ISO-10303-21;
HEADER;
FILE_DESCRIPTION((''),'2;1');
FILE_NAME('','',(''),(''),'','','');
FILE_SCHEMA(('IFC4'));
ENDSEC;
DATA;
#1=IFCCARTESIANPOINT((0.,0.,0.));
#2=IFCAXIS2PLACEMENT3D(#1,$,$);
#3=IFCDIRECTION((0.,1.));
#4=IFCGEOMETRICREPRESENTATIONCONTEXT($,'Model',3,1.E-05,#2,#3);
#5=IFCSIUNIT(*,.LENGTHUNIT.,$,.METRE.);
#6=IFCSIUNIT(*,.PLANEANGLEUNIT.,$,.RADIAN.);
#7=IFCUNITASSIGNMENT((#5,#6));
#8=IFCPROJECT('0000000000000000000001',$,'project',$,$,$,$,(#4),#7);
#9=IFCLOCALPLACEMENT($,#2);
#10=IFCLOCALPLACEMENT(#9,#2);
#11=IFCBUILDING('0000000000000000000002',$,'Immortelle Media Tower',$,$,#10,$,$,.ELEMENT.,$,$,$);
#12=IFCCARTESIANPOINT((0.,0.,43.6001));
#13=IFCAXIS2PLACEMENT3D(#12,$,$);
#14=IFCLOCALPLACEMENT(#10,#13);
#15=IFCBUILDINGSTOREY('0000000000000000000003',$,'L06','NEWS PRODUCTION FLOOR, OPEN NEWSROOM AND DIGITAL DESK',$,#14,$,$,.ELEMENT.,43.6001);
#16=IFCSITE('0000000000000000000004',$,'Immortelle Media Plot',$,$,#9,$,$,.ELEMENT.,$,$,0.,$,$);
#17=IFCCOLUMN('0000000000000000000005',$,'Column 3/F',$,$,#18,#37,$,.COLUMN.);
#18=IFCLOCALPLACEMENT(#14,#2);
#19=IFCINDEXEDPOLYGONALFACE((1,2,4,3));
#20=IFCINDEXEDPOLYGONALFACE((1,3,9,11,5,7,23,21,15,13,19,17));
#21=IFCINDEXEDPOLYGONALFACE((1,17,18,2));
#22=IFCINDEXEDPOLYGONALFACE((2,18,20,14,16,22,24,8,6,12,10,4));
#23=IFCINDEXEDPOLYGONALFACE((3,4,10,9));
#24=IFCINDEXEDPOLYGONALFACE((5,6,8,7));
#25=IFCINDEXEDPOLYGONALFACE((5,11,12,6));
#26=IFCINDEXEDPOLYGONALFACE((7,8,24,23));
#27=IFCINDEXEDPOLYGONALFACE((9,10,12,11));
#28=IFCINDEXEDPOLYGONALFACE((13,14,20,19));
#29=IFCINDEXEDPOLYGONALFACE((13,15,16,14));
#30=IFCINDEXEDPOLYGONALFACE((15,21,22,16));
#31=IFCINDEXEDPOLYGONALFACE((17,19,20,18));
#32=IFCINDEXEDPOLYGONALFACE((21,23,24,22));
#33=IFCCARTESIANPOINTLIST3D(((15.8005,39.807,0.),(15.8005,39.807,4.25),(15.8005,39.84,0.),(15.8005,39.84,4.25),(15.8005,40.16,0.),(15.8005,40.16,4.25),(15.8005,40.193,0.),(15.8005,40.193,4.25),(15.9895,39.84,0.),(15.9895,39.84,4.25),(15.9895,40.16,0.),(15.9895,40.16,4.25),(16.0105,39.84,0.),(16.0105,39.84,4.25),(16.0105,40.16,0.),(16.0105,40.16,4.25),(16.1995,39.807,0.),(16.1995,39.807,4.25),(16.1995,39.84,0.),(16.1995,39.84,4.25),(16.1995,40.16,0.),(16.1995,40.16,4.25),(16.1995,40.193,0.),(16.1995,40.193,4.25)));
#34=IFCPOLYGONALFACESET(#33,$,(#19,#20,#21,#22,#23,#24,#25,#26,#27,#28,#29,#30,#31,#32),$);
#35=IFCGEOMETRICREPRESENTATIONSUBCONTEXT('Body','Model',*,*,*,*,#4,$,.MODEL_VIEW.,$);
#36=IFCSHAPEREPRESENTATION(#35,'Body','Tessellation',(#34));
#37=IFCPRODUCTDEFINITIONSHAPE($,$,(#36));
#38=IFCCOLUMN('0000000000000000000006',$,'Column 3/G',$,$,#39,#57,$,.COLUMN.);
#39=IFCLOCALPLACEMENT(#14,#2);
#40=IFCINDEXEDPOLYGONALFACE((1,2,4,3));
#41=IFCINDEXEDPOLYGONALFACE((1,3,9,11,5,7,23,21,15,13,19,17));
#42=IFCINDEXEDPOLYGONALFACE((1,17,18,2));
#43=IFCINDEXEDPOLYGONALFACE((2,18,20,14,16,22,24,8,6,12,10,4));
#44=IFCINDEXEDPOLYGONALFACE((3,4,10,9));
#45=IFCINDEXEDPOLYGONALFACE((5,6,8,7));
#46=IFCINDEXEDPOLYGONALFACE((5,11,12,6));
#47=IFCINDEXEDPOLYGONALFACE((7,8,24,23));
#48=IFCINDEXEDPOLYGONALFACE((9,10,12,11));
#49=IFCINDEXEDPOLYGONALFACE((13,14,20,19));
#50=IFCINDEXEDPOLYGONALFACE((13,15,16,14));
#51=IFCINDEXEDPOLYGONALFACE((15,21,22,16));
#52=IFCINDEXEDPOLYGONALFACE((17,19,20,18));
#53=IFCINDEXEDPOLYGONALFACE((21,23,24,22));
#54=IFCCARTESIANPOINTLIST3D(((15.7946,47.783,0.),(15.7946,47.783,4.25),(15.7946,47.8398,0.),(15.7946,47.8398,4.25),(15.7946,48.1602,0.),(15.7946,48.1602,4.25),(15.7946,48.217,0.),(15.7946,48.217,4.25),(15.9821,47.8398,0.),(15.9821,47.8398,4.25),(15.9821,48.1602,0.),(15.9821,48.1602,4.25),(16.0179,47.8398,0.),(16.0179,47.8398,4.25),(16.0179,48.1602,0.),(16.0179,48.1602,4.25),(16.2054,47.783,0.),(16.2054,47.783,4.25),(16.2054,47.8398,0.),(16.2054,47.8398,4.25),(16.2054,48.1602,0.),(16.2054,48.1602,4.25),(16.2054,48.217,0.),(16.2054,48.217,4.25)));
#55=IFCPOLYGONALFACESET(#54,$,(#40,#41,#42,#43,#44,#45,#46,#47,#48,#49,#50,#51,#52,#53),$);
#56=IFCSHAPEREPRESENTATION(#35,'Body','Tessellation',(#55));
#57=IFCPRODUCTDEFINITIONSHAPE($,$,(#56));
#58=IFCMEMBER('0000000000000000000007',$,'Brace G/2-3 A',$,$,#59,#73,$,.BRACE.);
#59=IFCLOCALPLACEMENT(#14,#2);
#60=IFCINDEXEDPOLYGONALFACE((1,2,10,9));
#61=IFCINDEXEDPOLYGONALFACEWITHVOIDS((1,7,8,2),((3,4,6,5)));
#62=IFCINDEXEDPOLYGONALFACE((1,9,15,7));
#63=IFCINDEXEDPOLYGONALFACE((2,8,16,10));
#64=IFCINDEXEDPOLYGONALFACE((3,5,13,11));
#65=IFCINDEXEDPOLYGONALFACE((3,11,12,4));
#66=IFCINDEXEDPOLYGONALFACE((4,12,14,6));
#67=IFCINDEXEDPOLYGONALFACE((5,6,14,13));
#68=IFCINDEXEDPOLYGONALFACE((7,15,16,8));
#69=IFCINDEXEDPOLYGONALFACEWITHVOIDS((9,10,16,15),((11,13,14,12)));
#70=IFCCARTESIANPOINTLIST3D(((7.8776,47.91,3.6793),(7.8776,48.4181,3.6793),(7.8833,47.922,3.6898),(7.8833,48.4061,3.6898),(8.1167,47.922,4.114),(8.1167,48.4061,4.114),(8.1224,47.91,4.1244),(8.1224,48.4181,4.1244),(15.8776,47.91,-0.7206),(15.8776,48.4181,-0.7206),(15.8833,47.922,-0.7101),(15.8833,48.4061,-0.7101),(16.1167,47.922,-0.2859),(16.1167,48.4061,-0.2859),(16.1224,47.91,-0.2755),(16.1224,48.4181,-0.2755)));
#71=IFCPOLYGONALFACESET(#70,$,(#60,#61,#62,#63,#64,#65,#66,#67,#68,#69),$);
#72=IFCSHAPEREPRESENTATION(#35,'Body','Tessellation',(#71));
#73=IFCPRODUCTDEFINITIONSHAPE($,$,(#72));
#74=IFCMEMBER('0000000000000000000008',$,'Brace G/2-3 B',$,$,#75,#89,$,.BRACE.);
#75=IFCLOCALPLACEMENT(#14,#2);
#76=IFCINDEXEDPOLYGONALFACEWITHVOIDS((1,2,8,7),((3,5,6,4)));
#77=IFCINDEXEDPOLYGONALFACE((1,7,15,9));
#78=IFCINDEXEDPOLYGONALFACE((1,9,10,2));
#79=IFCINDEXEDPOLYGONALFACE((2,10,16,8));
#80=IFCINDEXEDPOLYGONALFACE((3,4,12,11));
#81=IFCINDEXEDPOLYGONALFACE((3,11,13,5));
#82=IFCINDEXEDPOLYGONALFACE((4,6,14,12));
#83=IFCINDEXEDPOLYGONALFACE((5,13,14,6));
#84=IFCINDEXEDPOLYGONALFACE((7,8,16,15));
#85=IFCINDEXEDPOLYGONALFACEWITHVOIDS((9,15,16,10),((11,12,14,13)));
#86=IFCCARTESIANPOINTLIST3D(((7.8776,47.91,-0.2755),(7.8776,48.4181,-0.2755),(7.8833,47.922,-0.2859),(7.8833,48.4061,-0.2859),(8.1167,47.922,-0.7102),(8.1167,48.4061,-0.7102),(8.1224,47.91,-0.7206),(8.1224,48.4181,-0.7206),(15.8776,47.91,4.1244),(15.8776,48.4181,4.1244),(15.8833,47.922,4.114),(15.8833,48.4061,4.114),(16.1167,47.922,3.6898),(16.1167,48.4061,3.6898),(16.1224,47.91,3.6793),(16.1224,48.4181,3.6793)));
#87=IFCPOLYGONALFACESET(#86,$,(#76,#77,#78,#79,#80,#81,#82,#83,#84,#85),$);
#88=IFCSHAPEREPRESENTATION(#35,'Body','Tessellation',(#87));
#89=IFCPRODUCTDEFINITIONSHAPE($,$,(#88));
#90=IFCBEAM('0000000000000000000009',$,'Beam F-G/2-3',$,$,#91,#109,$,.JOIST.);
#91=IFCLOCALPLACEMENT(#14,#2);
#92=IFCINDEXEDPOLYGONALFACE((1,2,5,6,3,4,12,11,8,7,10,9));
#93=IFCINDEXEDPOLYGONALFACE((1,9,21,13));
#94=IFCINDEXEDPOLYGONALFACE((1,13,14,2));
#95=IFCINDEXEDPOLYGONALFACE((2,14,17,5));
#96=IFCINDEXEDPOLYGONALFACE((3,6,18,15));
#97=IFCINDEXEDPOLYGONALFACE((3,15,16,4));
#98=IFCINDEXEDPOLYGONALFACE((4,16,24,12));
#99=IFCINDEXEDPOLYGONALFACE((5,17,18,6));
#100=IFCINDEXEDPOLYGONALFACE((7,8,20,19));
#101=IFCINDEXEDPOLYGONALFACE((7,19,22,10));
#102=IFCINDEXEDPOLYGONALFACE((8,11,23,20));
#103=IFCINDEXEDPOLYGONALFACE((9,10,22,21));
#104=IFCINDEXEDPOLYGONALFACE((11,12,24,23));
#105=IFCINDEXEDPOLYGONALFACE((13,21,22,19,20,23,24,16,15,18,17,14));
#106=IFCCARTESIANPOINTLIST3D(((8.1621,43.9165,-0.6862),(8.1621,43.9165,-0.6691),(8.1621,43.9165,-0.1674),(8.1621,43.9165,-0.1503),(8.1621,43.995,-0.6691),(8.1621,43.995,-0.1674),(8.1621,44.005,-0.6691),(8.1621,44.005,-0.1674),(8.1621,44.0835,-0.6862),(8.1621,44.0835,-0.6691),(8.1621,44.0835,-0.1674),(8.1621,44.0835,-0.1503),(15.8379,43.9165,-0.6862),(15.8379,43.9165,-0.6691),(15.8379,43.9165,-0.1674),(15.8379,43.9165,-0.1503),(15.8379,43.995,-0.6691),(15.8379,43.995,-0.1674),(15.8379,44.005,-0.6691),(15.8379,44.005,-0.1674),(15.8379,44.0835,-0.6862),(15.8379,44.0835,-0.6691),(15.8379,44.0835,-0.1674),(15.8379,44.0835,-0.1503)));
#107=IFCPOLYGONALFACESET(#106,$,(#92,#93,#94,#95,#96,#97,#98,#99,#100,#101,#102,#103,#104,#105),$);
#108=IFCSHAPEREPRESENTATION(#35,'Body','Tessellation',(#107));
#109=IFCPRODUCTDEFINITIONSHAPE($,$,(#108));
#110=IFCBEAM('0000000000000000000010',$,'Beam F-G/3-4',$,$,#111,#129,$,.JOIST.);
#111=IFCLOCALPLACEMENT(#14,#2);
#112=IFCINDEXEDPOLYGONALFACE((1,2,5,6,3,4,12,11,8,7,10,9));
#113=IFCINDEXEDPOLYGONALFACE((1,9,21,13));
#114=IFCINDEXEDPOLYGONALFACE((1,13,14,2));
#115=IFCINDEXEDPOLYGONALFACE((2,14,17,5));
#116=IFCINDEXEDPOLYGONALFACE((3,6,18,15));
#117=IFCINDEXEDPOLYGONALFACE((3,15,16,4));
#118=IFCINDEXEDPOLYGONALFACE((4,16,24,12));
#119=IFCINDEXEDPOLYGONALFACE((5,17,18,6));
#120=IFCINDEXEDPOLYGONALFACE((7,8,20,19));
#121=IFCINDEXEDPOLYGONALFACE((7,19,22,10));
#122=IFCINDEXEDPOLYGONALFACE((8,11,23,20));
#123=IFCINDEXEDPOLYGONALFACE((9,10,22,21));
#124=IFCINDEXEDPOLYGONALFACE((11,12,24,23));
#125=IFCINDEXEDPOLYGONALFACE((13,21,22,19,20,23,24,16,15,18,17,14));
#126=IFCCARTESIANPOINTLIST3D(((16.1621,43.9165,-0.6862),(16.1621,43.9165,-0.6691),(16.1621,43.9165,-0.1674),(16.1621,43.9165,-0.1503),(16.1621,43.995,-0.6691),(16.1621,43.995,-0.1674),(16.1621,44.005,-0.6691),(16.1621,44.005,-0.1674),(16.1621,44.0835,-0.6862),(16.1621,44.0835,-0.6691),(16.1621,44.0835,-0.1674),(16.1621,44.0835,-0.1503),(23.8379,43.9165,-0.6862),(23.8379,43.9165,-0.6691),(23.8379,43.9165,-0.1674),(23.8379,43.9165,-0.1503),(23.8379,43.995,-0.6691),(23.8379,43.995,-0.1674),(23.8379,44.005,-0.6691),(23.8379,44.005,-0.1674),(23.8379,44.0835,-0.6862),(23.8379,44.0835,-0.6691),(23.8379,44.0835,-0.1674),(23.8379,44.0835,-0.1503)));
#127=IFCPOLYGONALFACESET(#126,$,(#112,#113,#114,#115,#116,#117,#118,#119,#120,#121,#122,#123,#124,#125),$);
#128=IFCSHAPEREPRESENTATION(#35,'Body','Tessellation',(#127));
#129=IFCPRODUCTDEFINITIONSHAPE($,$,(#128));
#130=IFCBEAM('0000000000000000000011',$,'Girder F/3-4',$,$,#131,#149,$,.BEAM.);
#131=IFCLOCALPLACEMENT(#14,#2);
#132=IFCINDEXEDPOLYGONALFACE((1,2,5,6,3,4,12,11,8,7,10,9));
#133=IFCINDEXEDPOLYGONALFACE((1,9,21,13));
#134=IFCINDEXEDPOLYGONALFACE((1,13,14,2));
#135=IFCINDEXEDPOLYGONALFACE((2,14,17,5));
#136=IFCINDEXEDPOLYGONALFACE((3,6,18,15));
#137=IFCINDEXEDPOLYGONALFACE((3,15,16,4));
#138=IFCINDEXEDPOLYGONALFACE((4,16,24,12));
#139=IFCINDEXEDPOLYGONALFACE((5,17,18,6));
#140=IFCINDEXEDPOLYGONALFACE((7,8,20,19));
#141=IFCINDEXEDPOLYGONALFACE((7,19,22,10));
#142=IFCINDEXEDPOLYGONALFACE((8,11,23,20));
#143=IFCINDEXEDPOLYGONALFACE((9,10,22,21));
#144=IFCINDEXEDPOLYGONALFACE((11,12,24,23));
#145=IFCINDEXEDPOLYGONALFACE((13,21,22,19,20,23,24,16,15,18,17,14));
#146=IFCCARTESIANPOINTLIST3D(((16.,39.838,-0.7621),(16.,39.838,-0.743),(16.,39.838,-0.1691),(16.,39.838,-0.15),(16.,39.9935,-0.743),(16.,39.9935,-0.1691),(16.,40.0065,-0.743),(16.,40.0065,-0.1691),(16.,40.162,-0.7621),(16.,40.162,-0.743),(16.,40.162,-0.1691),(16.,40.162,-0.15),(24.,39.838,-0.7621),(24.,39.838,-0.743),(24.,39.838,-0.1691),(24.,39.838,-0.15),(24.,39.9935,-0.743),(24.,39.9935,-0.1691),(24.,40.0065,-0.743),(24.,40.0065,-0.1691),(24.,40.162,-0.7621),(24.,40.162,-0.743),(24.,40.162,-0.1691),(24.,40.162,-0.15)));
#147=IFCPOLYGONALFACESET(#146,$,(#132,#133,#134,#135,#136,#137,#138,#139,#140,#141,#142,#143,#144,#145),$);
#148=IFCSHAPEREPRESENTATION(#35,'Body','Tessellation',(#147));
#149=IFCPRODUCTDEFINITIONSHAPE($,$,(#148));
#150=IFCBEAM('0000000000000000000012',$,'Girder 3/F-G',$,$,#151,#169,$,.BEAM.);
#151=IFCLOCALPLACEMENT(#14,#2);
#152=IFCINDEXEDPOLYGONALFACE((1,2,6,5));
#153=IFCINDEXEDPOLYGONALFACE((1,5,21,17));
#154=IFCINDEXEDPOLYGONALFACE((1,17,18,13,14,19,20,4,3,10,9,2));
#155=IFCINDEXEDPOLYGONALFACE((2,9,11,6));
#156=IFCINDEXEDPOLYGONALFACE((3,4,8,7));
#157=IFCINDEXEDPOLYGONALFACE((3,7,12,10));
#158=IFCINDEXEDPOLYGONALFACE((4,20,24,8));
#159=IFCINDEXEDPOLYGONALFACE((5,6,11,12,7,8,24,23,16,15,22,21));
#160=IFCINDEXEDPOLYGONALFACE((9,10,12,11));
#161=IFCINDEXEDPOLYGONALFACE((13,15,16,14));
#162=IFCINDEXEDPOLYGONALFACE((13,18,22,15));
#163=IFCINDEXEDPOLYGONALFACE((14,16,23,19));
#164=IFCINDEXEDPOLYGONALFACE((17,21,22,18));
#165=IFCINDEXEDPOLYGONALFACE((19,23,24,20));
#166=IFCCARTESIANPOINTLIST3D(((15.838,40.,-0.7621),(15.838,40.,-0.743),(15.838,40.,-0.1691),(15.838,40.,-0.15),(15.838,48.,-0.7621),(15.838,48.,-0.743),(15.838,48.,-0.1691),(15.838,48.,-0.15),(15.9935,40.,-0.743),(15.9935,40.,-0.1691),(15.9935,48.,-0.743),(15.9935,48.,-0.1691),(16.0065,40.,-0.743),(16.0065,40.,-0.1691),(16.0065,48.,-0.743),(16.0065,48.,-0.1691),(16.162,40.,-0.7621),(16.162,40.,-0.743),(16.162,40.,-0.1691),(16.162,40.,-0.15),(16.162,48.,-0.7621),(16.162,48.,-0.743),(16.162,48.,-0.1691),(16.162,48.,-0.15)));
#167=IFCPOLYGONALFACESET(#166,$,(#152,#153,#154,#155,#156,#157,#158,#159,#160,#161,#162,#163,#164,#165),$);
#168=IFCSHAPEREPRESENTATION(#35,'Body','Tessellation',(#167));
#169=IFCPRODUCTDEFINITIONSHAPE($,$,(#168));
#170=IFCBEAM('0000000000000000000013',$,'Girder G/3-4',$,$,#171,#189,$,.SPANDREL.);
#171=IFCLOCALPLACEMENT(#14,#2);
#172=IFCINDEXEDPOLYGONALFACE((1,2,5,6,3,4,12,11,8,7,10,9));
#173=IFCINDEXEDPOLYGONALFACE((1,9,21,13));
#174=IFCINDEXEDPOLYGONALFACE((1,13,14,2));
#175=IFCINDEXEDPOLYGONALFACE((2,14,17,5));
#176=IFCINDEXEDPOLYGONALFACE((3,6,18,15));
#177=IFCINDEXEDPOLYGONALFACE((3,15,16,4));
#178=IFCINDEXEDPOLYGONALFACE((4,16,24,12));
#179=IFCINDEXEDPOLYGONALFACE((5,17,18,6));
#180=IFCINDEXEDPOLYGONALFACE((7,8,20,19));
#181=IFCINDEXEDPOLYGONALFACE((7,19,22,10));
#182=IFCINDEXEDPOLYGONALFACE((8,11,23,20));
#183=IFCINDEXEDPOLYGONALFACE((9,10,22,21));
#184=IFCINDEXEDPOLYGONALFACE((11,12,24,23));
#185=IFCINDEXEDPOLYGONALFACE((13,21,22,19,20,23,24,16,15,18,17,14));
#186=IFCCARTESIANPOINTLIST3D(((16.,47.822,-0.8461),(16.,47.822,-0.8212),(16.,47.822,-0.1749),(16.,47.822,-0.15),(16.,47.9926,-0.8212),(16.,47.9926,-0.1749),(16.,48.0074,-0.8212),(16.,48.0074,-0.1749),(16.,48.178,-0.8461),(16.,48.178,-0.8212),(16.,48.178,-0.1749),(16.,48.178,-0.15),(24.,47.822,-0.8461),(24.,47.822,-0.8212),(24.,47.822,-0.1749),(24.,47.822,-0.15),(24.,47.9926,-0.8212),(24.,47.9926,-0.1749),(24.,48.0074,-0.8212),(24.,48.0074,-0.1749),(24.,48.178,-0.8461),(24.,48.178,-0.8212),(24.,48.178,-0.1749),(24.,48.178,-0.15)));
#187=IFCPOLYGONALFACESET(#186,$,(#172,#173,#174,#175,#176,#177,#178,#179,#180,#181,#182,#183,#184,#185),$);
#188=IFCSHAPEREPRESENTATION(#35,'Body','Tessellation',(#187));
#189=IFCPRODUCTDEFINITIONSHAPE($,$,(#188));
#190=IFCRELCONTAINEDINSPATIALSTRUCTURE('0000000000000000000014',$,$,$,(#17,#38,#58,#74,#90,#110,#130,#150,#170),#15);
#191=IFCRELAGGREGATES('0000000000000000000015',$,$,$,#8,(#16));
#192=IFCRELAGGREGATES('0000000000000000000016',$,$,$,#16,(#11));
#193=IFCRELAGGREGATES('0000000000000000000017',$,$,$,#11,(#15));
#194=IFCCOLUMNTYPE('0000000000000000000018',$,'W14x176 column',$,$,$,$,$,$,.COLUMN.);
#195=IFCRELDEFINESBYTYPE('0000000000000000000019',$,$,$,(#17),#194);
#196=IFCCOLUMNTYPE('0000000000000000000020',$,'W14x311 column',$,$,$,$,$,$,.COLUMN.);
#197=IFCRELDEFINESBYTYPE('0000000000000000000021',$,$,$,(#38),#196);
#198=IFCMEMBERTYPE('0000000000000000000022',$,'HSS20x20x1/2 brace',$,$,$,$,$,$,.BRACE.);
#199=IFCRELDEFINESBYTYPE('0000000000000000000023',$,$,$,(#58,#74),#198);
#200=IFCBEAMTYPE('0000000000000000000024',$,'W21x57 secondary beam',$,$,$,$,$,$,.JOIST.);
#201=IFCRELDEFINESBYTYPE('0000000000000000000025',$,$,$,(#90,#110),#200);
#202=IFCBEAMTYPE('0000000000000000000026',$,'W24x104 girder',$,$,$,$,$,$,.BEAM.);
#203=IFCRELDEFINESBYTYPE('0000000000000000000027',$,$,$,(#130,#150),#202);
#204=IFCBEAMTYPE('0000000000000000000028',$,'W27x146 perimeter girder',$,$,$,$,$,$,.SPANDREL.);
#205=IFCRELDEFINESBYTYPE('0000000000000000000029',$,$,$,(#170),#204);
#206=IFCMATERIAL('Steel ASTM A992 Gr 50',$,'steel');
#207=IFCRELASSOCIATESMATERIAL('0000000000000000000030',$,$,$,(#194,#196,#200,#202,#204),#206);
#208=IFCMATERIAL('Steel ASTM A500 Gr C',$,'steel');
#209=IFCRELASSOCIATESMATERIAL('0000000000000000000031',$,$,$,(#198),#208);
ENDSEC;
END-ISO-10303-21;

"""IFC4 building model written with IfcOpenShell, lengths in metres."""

from ifc_helpers import new_model, si_unit, direction, frame, origin, origin_2d, place, context, subcontext, project, spatial, hollow_rectangle, i_section, extrude, material, material_profile, profile_set, type_object, element, save


model = new_model("IFC4")

# Units and contexts
model_context = context("Model", 3, precision=1e-05, world=origin(), true_north=direction((0.0, 1.0)))
body_context = subcontext(model_context, "Body", "Model", "MODEL_VIEW")
ifc_project = project(units=[si_unit("LENGTHUNIT", "METRE"), si_unit("PLANEANGLEUNIT", "RADIAN")], contexts=[model_context])

# Site, building, storey
site_placement = place(None, origin())
site = spatial("IfcSite", under=ifc_project, at=site_placement, Name="Immortelle Media Plot", CompositionType="ELEMENT", RefElevation=0.0)
building_placement = place(site_placement, origin())
building = spatial("IfcBuilding", under=site, at=building_placement, Name="Immortelle Media Tower", CompositionType="ELEMENT")
storey_placement = place(building_placement, frame((0.0, 0.0, 43.6001)))
storey = spatial("IfcBuildingStorey", under=building, at=storey_placement, Name="L06", Description="NEWS PRODUCTION FLOOR, OPEN NEWSROOM AND DIGITAL DESK", CompositionType="ELEMENT", Elevation=43.6001)

# Columns
ifc_material_1 = material(Name="Steel ASTM A992 Gr 50", Category="steel")
ifc_material_profile_1 = material_profile(ifc_material_1, i_section(OverallWidth=0.3989, OverallDepth=0.386, WebThickness=0.021, FlangeThickness=0.033, at=origin_2d()), Name="W14x176")
ifc_profile_set_1 = profile_set([ifc_material_profile_1], Name="Steel ASTM A992 Gr 50")
column_type_1 = type_object("IfcColumnType", Name="W14x176 column", PredefinedType="COLUMN", material=ifc_profile_set_1)
column_1_placement = place(storey_placement, frame((16.0, 40.0, 0.0), z_axis=(0.0, 0.0, 1.0), x_axis=(1.0, 0.0, 0.0)))
element("IfcColumn", 1, at=column_1_placement, inside=storey, type_object=column_type_1, Name="Column 3/F", PredefinedType="COLUMN", context=body_context, shape_type="SweptSolid", body=[
    extrude(i_section(OverallWidth=0.3989, OverallDepth=0.386, WebThickness=0.021, FlangeThickness=0.033, at=origin_2d()), origin(), (0.0, 0.0, 1.0), 4.25),
])
ifc_material_profile_2 = material_profile(ifc_material_1, i_section(OverallWidth=0.4109, OverallDepth=0.4341, WebThickness=0.0359, FlangeThickness=0.0569, at=origin_2d()), Name="W14x311")
ifc_profile_set_2 = profile_set([ifc_material_profile_2], Name="Steel ASTM A992 Gr 50")
column_type_2 = type_object("IfcColumnType", Name="W14x311 column", PredefinedType="COLUMN", material=ifc_profile_set_2)
column_2_placement = place(storey_placement, frame((16.0, 48.0, 0.0), z_axis=(0.0, 0.0, 1.0), x_axis=(1.0, 0.0, 0.0)))
element("IfcColumn", 2, at=column_2_placement, inside=storey, type_object=column_type_2, Name="Column 3/G", PredefinedType="COLUMN", context=body_context, shape_type="SweptSolid", body=[
    extrude(i_section(OverallWidth=0.4109, OverallDepth=0.4341, WebThickness=0.0359, FlangeThickness=0.0569, at=origin_2d()), origin(), (0.0, 0.0, 1.0), 4.25),
])

# Members
ifc_material_2 = material(Name="Steel ASTM A500 Gr C", Category="steel")
ifc_material_profile_3 = material_profile(ifc_material_2, hollow_rectangle(XDim=0.5081, YDim=0.5081, WallThickness=0.012, at=origin_2d()), Name="HSS20x20x1/2 brace")
ifc_profile_set_3 = profile_set([ifc_material_profile_3], Name="Steel ASTM A500 Gr C")
member_type = type_object("IfcMemberType", Name="HSS20x20x1/2 brace", PredefinedType="BRACE", material=ifc_profile_set_3)
for number, where, z_axis, x_axis, name in (
    (3, (16.0, 48.1641, -0.498), (-0.87622, 0.0, 0.481911), (0.0, -1.0, 0.0), "Brace G/2-3 A"),
    (4, (16.0, 48.1641, 3.9019), (-0.87622, 0.0, -0.481911), (0.0, -1.0, 0.0), "Brace G/2-3 B"),
):
    element("IfcMember", number, at=place(storey_placement, frame(where, z_axis=z_axis, x_axis=x_axis)), inside=storey, type_object=member_type, Name=name, PredefinedType="BRACE", context=body_context, shape_type="SweptSolid", body=[
        extrude(hollow_rectangle(XDim=0.5081, YDim=0.5081, WallThickness=0.012, at=origin_2d()), origin(), (0.0, 0.0, 1.0), 9.1301),
    ])

# Beams
ifc_material_profile_4 = material_profile(ifc_material_1, i_section(OverallWidth=0.167, OverallDepth=0.5359, WebThickness=0.01, FlangeThickness=0.0171, at=origin_2d()), Name="W21x57")
ifc_profile_set_4 = profile_set([ifc_material_profile_4], Name="Steel ASTM A992 Gr 50")
beam_type_1 = type_object("IfcBeamType", Name="W21x57 secondary beam", PredefinedType="JOIST", material=ifc_profile_set_4)
for number, where, z_axis, x_axis, name in (
    (5, (8.1621, 44.0, -0.4182), (1.0, 0.0, 0.0), (0.0, 1.0, 0.0), "Beam F-G/2-3"),
    (6, (16.1621, 44.0, -0.4182), (1.0, 0.0, 0.0), (0.0, 1.0, 0.0), "Beam F-G/3-4"),
):
    element("IfcBeam", number, at=place(storey_placement, frame(where, z_axis=z_axis, x_axis=x_axis)), inside=storey, type_object=beam_type_1, Name=name, PredefinedType="JOIST", context=body_context, shape_type="SweptSolid", body=[
        extrude(i_section(OverallWidth=0.167, OverallDepth=0.5359, WebThickness=0.01, FlangeThickness=0.0171, at=origin_2d()), origin(), (0.0, 0.0, 1.0), 7.6758),
    ])
ifc_material_profile_5 = material_profile(ifc_material_1, i_section(OverallWidth=0.324, OverallDepth=0.6121, WebThickness=0.0129, FlangeThickness=0.019, at=origin_2d()), Name="W24x104")
ifc_profile_set_5 = profile_set([ifc_material_profile_5], Name="Steel ASTM A992 Gr 50")
beam_type_2 = type_object("IfcBeamType", Name="W24x104 girder", PredefinedType="BEAM", material=ifc_profile_set_5)
for number, where, z_axis, x_axis, name in (
    (7, (16.0, 40.0, -0.4561), (1.0, 0.0, 0.0), (0.0, 1.0, 0.0), "Girder F/3-4"),
    (8, (16.0, 40.0, -0.4561), (0.0, 1.0, 0.0), (-1.0, 0.0, 0.0), "Girder 3/F-G"),
):
    element("IfcBeam", number, at=place(storey_placement, frame(where, z_axis=z_axis, x_axis=x_axis)), inside=storey, type_object=beam_type_2, Name=name, PredefinedType="BEAM", context=body_context, shape_type="SweptSolid", body=[
        extrude(i_section(OverallWidth=0.324, OverallDepth=0.6121, WebThickness=0.0129, FlangeThickness=0.019, at=origin_2d()), origin(), (0.0, 0.0, 1.0), 8.0),
    ])
ifc_material_profile_6 = material_profile(ifc_material_1, i_section(OverallWidth=0.356, OverallDepth=0.696, WebThickness=0.0149, FlangeThickness=0.0249, at=origin_2d()), Name="W27x146")
ifc_profile_set_6 = profile_set([ifc_material_profile_6], Name="Steel ASTM A992 Gr 50")
beam_type_3 = type_object("IfcBeamType", Name="W27x146 perimeter girder", PredefinedType="SPANDREL", material=ifc_profile_set_6)
beam_placement = place(storey_placement, frame((16.0, 48.0, -0.498), z_axis=(1.0, 0.0, 0.0), x_axis=(0.0, 1.0, 0.0)))
element("IfcBeam", 9, at=beam_placement, inside=storey, type_object=beam_type_3, Name="Girder G/3-4", PredefinedType="SPANDREL", context=body_context, shape_type="SweptSolid", body=[
    extrude(i_section(OverallWidth=0.356, OverallDepth=0.696, WebThickness=0.0149, FlangeThickness=0.0249, at=origin_2d()), origin(), (0.0, 0.0, 1.0), 8.0),
])

save(model, "model.ifc")
